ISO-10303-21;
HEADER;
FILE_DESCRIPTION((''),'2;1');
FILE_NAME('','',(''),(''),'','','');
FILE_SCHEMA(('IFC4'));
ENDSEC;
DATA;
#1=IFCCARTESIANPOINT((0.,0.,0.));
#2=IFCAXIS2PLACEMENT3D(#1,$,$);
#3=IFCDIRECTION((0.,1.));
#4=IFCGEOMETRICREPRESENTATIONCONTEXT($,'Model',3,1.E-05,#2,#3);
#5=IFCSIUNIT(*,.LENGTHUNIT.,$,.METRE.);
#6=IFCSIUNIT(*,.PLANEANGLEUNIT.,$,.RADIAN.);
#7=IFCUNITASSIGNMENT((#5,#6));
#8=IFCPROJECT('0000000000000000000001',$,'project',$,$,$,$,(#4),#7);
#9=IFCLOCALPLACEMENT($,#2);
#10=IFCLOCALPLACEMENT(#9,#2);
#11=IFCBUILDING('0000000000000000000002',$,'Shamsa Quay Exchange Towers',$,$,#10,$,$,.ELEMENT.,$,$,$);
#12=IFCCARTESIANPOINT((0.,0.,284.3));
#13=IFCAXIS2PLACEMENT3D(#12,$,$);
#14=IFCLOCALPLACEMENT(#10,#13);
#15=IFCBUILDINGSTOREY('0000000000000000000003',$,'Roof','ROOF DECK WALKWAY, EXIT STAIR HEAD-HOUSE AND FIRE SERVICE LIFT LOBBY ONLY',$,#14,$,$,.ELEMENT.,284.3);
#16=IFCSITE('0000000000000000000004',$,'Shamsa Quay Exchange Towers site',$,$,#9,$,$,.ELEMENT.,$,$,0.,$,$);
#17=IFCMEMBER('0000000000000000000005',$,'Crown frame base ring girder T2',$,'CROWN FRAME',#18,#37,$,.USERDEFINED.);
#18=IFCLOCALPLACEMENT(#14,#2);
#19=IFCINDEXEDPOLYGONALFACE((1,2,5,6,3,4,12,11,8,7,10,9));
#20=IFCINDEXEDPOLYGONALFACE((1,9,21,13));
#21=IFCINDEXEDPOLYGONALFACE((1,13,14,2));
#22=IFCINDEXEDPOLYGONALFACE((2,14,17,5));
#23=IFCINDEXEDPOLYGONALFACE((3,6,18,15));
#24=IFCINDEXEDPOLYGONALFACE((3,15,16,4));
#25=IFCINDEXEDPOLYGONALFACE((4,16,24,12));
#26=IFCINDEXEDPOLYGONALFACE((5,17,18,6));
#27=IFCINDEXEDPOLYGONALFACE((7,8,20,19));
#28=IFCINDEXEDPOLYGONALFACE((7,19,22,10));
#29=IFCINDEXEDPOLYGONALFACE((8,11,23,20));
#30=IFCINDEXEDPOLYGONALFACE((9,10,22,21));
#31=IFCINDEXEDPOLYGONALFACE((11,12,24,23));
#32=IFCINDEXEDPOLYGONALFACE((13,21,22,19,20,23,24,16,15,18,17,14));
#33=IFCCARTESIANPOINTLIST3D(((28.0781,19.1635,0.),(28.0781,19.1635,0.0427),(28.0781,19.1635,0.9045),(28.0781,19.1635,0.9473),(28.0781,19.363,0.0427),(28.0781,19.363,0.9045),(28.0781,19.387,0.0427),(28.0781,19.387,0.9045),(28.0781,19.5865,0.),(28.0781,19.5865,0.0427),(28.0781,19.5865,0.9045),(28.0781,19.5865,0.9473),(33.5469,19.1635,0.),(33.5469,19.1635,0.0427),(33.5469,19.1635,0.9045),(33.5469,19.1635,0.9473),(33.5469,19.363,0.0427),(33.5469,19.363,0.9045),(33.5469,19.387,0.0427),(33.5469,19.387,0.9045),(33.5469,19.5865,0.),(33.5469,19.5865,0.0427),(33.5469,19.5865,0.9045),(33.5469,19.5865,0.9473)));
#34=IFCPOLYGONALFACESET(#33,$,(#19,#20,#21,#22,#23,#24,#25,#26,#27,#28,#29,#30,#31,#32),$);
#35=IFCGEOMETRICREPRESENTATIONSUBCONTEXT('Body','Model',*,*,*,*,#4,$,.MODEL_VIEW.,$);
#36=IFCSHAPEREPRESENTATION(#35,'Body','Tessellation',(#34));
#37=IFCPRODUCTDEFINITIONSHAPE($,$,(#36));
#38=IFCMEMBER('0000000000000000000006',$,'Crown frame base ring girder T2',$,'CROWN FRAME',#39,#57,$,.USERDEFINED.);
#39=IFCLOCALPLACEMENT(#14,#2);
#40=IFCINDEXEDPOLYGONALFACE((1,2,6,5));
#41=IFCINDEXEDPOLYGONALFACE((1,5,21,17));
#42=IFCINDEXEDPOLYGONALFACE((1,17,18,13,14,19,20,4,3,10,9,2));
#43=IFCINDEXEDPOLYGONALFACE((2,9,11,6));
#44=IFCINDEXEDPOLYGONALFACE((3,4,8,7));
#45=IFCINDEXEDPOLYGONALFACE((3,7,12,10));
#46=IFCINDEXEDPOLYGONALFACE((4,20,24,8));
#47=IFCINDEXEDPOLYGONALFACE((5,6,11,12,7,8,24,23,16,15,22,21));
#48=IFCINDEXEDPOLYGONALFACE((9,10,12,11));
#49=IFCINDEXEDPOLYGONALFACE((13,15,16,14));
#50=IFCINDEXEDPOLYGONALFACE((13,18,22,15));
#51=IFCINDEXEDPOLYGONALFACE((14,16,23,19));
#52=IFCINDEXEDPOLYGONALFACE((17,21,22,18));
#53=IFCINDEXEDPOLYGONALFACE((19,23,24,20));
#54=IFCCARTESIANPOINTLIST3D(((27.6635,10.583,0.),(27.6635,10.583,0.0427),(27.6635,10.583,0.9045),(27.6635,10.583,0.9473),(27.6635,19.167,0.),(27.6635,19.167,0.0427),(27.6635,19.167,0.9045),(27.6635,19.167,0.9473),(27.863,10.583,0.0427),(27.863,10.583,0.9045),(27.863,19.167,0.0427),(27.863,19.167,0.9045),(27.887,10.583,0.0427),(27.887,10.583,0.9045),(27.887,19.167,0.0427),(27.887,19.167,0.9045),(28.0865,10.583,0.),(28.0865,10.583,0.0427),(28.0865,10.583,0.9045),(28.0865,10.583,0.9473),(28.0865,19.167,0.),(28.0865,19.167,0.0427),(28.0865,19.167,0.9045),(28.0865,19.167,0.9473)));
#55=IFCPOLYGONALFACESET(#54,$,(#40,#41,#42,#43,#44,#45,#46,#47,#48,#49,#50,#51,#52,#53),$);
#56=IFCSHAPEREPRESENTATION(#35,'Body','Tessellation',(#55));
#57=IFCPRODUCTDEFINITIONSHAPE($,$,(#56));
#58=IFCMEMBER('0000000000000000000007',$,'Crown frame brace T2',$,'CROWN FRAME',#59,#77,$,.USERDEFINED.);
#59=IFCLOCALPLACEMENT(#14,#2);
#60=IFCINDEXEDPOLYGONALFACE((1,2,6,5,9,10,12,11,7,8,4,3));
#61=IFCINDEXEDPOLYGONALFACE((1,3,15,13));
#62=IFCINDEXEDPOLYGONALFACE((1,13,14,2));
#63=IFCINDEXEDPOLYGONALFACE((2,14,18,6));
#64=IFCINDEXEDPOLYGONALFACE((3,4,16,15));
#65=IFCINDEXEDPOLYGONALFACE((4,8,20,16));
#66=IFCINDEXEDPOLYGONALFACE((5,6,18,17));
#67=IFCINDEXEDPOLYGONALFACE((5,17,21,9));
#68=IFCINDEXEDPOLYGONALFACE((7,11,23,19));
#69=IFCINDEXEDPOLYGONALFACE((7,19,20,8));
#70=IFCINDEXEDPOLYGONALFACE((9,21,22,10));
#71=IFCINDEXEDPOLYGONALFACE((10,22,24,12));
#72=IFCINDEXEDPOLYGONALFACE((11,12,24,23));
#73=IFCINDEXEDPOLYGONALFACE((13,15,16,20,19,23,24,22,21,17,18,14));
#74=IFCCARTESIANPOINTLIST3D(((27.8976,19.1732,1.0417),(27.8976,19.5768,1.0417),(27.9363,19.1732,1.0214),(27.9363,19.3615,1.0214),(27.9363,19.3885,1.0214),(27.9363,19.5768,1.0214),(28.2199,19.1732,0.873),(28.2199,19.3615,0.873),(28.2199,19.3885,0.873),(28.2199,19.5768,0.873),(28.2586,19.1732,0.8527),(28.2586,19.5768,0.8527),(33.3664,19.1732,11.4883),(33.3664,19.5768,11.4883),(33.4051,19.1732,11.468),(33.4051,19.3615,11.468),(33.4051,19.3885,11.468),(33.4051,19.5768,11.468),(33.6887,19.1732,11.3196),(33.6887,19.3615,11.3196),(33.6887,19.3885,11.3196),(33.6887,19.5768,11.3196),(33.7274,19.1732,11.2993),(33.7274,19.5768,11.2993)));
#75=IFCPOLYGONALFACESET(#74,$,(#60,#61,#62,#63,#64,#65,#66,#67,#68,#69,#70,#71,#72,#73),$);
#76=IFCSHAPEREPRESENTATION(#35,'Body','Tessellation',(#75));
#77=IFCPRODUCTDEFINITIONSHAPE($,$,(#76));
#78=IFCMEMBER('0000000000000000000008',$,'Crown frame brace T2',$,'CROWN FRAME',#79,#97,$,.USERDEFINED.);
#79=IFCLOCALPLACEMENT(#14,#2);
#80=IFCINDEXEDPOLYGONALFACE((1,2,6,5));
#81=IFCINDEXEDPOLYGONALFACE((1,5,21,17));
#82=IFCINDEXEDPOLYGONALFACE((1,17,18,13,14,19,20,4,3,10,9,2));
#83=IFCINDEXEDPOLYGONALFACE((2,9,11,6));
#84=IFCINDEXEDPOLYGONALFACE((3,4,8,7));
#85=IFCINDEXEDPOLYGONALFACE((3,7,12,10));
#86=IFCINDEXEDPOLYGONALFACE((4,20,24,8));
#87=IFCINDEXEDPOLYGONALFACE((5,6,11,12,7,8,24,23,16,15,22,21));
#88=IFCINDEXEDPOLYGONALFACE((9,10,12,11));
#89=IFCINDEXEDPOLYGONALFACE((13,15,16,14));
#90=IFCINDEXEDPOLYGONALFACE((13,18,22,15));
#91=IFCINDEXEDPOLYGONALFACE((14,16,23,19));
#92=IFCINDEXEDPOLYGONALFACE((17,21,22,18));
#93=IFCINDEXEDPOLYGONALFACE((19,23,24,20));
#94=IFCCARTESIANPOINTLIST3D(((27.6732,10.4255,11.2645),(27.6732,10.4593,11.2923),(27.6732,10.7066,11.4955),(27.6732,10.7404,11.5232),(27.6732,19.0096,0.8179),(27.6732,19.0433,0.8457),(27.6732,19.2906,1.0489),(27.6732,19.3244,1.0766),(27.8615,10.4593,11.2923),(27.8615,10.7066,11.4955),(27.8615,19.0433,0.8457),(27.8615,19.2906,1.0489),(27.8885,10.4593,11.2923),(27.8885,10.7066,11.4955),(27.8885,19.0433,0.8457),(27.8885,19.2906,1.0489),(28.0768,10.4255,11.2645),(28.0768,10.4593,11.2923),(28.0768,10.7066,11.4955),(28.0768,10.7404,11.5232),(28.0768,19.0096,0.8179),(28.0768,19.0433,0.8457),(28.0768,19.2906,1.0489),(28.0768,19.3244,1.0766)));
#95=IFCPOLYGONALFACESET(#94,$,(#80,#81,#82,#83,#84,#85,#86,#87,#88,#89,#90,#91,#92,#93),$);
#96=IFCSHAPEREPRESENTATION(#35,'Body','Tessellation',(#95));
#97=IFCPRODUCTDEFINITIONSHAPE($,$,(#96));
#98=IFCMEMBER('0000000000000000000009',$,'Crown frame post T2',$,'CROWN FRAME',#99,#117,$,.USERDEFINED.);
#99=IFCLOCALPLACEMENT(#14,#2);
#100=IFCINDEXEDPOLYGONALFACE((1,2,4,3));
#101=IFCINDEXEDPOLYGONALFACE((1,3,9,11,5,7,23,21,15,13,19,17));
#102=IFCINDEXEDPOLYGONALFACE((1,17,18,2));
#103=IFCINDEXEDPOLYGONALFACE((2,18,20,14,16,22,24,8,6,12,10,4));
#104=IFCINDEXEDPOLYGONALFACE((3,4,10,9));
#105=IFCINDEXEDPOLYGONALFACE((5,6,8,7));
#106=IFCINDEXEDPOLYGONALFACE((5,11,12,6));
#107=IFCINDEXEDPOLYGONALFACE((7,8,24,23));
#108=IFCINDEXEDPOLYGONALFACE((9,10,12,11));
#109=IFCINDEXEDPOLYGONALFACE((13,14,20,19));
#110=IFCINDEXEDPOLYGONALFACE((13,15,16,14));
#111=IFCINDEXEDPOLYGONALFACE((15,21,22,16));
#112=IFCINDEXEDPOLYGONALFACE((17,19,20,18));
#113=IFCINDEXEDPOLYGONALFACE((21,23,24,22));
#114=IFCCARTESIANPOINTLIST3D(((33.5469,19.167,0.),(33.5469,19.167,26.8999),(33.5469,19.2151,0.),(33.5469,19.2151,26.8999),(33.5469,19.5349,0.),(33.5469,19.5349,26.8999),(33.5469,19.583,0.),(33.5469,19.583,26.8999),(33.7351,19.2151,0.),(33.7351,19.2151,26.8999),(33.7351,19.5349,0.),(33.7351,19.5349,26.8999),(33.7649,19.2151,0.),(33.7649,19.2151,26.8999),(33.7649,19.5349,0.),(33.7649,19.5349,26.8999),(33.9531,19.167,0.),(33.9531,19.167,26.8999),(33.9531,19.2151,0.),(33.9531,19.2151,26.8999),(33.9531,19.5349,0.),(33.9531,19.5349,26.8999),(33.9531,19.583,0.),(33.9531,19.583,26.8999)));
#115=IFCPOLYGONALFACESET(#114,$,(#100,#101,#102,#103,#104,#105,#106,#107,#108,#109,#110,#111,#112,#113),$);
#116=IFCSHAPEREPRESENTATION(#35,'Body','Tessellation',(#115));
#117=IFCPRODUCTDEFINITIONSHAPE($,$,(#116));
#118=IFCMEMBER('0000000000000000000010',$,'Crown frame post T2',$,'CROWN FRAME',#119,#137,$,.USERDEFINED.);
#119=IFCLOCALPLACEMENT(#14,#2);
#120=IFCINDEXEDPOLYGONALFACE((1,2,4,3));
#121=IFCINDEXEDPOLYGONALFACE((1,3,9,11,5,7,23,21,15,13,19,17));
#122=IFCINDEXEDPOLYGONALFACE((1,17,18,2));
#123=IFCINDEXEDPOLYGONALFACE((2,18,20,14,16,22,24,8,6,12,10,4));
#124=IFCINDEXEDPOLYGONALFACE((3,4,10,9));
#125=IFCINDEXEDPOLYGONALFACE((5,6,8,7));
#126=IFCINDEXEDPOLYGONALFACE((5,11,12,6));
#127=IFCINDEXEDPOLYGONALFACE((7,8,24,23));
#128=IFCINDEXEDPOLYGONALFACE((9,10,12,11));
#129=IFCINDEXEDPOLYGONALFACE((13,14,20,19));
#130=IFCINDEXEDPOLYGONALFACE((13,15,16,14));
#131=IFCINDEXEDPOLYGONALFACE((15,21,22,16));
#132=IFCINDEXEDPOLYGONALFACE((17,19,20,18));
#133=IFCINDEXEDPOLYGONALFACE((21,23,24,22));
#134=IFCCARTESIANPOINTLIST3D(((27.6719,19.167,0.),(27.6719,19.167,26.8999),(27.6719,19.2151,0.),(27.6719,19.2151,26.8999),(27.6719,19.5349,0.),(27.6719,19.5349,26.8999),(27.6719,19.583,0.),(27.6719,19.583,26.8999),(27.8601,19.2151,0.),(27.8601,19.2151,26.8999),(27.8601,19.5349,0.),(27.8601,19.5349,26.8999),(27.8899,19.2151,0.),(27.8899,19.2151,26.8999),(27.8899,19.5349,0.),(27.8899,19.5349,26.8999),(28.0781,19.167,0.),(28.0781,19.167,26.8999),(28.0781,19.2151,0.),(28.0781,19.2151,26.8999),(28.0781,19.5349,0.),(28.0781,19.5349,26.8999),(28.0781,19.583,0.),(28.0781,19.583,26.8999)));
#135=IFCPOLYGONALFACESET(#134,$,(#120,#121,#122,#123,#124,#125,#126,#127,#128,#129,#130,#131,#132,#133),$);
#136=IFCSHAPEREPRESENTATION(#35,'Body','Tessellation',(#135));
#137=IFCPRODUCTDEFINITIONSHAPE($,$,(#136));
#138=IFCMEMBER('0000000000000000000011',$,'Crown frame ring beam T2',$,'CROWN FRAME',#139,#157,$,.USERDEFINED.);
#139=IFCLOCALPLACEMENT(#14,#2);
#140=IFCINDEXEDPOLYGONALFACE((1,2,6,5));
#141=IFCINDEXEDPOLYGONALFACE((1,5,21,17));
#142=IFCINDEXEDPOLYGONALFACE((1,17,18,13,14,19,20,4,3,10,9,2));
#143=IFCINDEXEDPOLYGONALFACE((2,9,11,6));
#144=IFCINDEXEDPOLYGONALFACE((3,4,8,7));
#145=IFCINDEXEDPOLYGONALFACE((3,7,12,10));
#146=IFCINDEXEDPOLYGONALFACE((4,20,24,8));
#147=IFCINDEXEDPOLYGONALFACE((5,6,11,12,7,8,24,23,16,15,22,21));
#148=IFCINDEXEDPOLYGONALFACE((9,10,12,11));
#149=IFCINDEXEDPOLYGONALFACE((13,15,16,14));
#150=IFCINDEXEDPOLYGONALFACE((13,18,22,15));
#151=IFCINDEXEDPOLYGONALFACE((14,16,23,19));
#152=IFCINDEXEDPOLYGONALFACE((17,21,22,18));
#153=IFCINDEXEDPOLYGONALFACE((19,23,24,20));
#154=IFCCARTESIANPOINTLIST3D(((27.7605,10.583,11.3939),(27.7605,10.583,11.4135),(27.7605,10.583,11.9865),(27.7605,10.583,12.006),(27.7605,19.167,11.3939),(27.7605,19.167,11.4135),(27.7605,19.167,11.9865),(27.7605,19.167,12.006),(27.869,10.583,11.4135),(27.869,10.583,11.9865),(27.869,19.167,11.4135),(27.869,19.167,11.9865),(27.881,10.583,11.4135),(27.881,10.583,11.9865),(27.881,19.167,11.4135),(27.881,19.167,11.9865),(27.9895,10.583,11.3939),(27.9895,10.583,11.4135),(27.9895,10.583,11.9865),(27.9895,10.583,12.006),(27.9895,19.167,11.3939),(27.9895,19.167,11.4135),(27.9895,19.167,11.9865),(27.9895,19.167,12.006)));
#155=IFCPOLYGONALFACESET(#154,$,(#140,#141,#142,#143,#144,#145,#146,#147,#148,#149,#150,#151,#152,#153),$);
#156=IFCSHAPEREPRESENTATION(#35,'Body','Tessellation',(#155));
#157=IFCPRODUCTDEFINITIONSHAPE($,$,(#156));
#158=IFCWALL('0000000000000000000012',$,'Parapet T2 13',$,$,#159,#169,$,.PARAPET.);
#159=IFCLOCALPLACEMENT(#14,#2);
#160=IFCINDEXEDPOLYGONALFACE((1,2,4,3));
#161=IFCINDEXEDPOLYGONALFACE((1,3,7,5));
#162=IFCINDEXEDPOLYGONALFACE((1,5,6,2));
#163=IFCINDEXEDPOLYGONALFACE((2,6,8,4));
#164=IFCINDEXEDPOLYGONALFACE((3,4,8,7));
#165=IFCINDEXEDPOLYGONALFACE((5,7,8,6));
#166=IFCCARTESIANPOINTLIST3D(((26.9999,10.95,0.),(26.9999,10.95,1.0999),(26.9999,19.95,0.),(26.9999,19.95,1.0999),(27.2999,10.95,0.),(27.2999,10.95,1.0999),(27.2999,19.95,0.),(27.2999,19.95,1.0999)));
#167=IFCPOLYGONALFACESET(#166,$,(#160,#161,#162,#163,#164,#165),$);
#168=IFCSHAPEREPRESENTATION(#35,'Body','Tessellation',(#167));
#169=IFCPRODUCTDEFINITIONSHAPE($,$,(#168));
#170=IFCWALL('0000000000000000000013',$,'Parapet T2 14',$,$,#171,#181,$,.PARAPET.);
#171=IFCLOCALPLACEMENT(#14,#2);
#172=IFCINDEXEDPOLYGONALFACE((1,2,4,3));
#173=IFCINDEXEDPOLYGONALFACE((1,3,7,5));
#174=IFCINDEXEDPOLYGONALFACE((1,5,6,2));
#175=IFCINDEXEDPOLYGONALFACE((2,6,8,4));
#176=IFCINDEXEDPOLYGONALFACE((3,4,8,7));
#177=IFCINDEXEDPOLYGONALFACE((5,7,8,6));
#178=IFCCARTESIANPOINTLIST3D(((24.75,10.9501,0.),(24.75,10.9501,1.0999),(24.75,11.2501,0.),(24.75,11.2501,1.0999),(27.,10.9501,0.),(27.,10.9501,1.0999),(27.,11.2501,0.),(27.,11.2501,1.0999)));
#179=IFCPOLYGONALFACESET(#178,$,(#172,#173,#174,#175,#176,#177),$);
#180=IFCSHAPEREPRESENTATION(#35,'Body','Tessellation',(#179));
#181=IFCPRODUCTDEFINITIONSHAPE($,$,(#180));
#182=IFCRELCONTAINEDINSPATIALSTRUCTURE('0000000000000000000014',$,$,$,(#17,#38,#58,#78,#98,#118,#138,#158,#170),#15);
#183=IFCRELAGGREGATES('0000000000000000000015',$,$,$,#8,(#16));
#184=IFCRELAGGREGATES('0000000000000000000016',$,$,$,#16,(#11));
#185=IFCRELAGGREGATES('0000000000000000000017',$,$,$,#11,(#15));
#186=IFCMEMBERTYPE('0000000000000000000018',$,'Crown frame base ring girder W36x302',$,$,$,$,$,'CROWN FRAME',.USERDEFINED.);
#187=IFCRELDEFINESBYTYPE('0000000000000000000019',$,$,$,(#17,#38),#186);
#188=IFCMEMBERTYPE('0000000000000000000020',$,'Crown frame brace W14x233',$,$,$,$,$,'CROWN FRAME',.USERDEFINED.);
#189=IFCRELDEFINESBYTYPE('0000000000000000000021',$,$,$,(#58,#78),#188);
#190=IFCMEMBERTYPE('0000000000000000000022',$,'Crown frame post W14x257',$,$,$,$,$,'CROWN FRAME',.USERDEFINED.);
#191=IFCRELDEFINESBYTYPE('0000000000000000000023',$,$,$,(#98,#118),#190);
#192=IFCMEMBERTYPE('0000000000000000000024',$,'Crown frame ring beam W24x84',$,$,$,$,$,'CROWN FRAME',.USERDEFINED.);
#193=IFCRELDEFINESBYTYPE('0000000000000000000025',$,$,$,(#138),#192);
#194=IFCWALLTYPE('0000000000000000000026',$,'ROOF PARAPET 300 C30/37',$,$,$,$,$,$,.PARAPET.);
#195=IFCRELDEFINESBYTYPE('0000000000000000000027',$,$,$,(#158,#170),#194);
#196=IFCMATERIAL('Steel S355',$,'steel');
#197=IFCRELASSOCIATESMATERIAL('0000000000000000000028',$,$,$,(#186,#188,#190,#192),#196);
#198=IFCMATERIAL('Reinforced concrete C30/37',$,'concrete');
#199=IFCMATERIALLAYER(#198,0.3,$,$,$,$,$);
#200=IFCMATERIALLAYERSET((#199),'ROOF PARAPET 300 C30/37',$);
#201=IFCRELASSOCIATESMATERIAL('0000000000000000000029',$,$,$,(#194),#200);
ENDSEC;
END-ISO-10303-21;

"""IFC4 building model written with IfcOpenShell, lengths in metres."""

from ifc_helpers import new_model, si_unit, direction, frame, frame_2d, origin, origin_2d, place, context, subcontext, project, spatial, rectangle, i_section, extrude, material, layer, layer_set, material_profile, profile_set, type_object, element, save


model = new_model("IFC4")

# Units and contexts
model_context = context("Model", 3, precision=1e-05, world=origin(), true_north=direction((0.0, 1.0)))
body_context = subcontext(model_context, "Body", "Model", "MODEL_VIEW")
ifc_project = project(units=[si_unit("LENGTHUNIT", "METRE"), si_unit("PLANEANGLEUNIT", "RADIAN")], contexts=[model_context])

# Site, building, storey
site_placement = place(None, origin())
site = spatial("IfcSite", under=ifc_project, at=site_placement, Name="Shamsa Quay Exchange Towers site", CompositionType="ELEMENT", RefElevation=0.0)
building_placement = place(site_placement, origin())
building = spatial("IfcBuilding", under=site, at=building_placement, Name="Shamsa Quay Exchange Towers", CompositionType="ELEMENT")
storey_placement = place(building_placement, frame((0.0, 0.0, 284.3)))
storey = spatial("IfcBuildingStorey", under=building, at=storey_placement, Name="Roof", Description="ROOF DECK WALKWAY, EXIT STAIR HEAD-HOUSE AND FIRE SERVICE LIFT LOBBY ONLY", CompositionType="ELEMENT", Elevation=284.3)

# Members
ifc_material_1 = material(Name="Steel S355", Category="steel")
ifc_material_profile_1 = material_profile(ifc_material_1, i_section(OverallWidth=0.4231, OverallDepth=0.9473, WebThickness=0.0239, FlangeThickness=0.0427, at=origin_2d()), Name="W36x302")
ifc_profile_set_1 = profile_set([ifc_material_profile_1], Name="Steel S355")
member_type_1 = type_object("IfcMemberType", Name="Crown frame base ring girder W36x302", ElementType="CROWN FRAME", PredefinedType="USERDEFINED", material=ifc_profile_set_1)
member_1_placement = place(storey_placement, frame((33.5469, 19.375, 0.4736), z_axis=(-1.0, 0.0, 0.0), x_axis=(0.0, -1.0, 0.0)))
element("IfcMember", 1, at=member_1_placement, inside=storey, type_object=member_type_1, Name="Crown frame base ring girder T2", ObjectType="CROWN FRAME", PredefinedType="USERDEFINED", context=body_context, shape_type="SweptSolid", body=[
    extrude(i_section(OverallWidth=0.4231, OverallDepth=0.9473, WebThickness=0.0239, FlangeThickness=0.0427, at=origin_2d()), origin(), (0.0, 0.0, 1.0), 5.4688),
])
member_2_placement = place(storey_placement, frame((27.875, 19.167, 0.4736), z_axis=(0.0, -1.0, 0.0), x_axis=(1.0, 0.0, 0.0)))
element("IfcMember", 2, at=member_2_placement, inside=storey, type_object=member_type_1, Name="Crown frame base ring girder T2", ObjectType="CROWN FRAME", PredefinedType="USERDEFINED", context=body_context, shape_type="SweptSolid", body=[
    extrude(i_section(OverallWidth=0.4231, OverallDepth=0.9473, WebThickness=0.0239, FlangeThickness=0.0427, at=origin_2d()), origin(), (0.0, 0.0, 1.0), 8.584),
])
ifc_material_profile_2 = material_profile(ifc_material_1, i_section(OverallWidth=0.4036, OverallDepth=0.4075, WebThickness=0.0271, FlangeThickness=0.0437, at=origin_2d()), Name="W14x233")
ifc_profile_set_2 = profile_set([ifc_material_profile_2], Name="Steel S355")
member_type_2 = type_object("IfcMemberType", Name="Crown frame brace W14x233", ElementType="CROWN FRAME", PredefinedType="USERDEFINED", material=ifc_profile_set_2)
member_3_placement = place(storey_placement, frame((33.5469, 19.375, 11.3938), z_axis=(-0.463791, 0.0, -0.885945), x_axis=(0.0, -1.0, 0.0)))
element("IfcMember", 3, at=member_3_placement, inside=storey, type_object=member_type_2, Name="Crown frame brace T2", ObjectType="CROWN FRAME", PredefinedType="USERDEFINED", context=body_context, shape_type="SweptSolid", body=[
    extrude(i_section(OverallWidth=0.4036, OverallDepth=0.4075, WebThickness=0.0271, FlangeThickness=0.0437, at=origin_2d()), origin(), (0.0, 0.0, 1.0), 11.7915),
])
member_4_placement = place(storey_placement, frame((27.875, 19.167, 0.9473), z_axis=(0.0, -0.634868, 0.772621), x_axis=(1.0, 0.0, 0.0)))
element("IfcMember", 4, at=member_4_placement, inside=storey, type_object=member_type_2, Name="Crown frame brace T2", ObjectType="CROWN FRAME", PredefinedType="USERDEFINED", context=body_context, shape_type="SweptSolid", body=[
    extrude(i_section(OverallWidth=0.4036, OverallDepth=0.4075, WebThickness=0.0271, FlangeThickness=0.0437, at=origin_2d()), origin(), (0.0, 0.0, 1.0), 13.521),
])
ifc_material_profile_3 = material_profile(ifc_material_1, i_section(OverallWidth=0.4062, OverallDepth=0.416, WebThickness=0.0298, FlangeThickness=0.0481, at=origin_2d()), Name="W14x257")
ifc_profile_set_3 = profile_set([ifc_material_profile_3], Name="Steel S355")
member_type_3 = type_object("IfcMemberType", Name="Crown frame post W14x257", ElementType="CROWN FRAME", PredefinedType="USERDEFINED", material=ifc_profile_set_3)
for number, where, name in (
    (5, (33.75, 19.375, 0.0), "Crown frame post T2"),
    (6, (27.875, 19.375, 0.0), "Crown frame post T2"),
):
    element("IfcMember", number, at=place(storey_placement, frame(where)), inside=storey, type_object=member_type_3, Name=name, ObjectType="CROWN FRAME", PredefinedType="USERDEFINED", context=body_context, shape_type="SweptSolid", body=[
        extrude(i_section(OverallWidth=0.4062, OverallDepth=0.416, WebThickness=0.0298, FlangeThickness=0.0481, at=origin_2d()), origin(), (0.0, 0.0, 1.0), 26.8999),
    ])
ifc_material_profile_4 = material_profile(ifc_material_1, i_section(OverallWidth=0.229, OverallDepth=0.6121, WebThickness=0.012, FlangeThickness=0.0195, at=origin_2d()), Name="W24x84")
ifc_profile_set_4 = profile_set([ifc_material_profile_4], Name="Steel S355")
member_type_4 = type_object("IfcMemberType", Name="Crown frame ring beam W24x84", ElementType="CROWN FRAME", PredefinedType="USERDEFINED", material=ifc_profile_set_4)
member_5_placement = place(storey_placement, frame((27.875, 19.167, 11.7), z_axis=(0.0, -1.0, 0.0), x_axis=(1.0, 0.0, 0.0)))
element("IfcMember", 7, at=member_5_placement, inside=storey, type_object=member_type_4, Name="Crown frame ring beam T2", ObjectType="CROWN FRAME", PredefinedType="USERDEFINED", context=body_context, shape_type="SweptSolid", body=[
    extrude(i_section(OverallWidth=0.229, OverallDepth=0.6121, WebThickness=0.012, FlangeThickness=0.0195, at=origin_2d()), origin(), (0.0, 0.0, 1.0), 8.584),
])

# Walls
ifc_material_2 = material(Name="Reinforced concrete C30/37", Category="concrete")
ifc_layer_1 = layer(ifc_material_2, 0.3)
ifc_layer_set_1 = layer_set([ifc_layer_1], Name="ROOF PARAPET 300 C30/37")
wall_type_1 = type_object("IfcWallType", Name="ROOF PARAPET 300 C30/37", PredefinedType="PARAPET", material=ifc_layer_set_1)
wall_1_placement = place(storey_placement, frame((27.1499, 19.95, 0.0), z_axis=(0.0, 0.0, 1.0), x_axis=(0.0, -1.0, 0.0)))
element("IfcWall", 8, at=wall_1_placement, inside=storey, type_object=wall_type_1, Name="Parapet T2 13", PredefinedType="PARAPET", context=body_context, shape_type="SweptSolid", body=[
    extrude(rectangle(XDim=9.0, YDim=0.3, at=frame_2d((4.5, 0.0))), origin(), (0.0, 0.0, 1.0), 1.0999),
])
for number, where, z_axis, x_axis, name in (
    (9, (27.0, 11.1001, 0.0), (0.0, 0.0, 1.0), (-1.0, 0.0, 0.0), "Parapet T2 14"),
):
    element("IfcWall", number, at=place(storey_placement, frame(where, z_axis=z_axis, x_axis=x_axis)), inside=storey, type_object=wall_type_1, Name=name, PredefinedType="PARAPET", context=body_context, shape_type="SweptSolid", body=[
        extrude(rectangle(XDim=2.25, YDim=0.3, at=frame_2d((1.125, 0.0))), origin(), (0.0, 0.0, 1.0), 1.0999),
    ])

save(model, "model.ifc")
